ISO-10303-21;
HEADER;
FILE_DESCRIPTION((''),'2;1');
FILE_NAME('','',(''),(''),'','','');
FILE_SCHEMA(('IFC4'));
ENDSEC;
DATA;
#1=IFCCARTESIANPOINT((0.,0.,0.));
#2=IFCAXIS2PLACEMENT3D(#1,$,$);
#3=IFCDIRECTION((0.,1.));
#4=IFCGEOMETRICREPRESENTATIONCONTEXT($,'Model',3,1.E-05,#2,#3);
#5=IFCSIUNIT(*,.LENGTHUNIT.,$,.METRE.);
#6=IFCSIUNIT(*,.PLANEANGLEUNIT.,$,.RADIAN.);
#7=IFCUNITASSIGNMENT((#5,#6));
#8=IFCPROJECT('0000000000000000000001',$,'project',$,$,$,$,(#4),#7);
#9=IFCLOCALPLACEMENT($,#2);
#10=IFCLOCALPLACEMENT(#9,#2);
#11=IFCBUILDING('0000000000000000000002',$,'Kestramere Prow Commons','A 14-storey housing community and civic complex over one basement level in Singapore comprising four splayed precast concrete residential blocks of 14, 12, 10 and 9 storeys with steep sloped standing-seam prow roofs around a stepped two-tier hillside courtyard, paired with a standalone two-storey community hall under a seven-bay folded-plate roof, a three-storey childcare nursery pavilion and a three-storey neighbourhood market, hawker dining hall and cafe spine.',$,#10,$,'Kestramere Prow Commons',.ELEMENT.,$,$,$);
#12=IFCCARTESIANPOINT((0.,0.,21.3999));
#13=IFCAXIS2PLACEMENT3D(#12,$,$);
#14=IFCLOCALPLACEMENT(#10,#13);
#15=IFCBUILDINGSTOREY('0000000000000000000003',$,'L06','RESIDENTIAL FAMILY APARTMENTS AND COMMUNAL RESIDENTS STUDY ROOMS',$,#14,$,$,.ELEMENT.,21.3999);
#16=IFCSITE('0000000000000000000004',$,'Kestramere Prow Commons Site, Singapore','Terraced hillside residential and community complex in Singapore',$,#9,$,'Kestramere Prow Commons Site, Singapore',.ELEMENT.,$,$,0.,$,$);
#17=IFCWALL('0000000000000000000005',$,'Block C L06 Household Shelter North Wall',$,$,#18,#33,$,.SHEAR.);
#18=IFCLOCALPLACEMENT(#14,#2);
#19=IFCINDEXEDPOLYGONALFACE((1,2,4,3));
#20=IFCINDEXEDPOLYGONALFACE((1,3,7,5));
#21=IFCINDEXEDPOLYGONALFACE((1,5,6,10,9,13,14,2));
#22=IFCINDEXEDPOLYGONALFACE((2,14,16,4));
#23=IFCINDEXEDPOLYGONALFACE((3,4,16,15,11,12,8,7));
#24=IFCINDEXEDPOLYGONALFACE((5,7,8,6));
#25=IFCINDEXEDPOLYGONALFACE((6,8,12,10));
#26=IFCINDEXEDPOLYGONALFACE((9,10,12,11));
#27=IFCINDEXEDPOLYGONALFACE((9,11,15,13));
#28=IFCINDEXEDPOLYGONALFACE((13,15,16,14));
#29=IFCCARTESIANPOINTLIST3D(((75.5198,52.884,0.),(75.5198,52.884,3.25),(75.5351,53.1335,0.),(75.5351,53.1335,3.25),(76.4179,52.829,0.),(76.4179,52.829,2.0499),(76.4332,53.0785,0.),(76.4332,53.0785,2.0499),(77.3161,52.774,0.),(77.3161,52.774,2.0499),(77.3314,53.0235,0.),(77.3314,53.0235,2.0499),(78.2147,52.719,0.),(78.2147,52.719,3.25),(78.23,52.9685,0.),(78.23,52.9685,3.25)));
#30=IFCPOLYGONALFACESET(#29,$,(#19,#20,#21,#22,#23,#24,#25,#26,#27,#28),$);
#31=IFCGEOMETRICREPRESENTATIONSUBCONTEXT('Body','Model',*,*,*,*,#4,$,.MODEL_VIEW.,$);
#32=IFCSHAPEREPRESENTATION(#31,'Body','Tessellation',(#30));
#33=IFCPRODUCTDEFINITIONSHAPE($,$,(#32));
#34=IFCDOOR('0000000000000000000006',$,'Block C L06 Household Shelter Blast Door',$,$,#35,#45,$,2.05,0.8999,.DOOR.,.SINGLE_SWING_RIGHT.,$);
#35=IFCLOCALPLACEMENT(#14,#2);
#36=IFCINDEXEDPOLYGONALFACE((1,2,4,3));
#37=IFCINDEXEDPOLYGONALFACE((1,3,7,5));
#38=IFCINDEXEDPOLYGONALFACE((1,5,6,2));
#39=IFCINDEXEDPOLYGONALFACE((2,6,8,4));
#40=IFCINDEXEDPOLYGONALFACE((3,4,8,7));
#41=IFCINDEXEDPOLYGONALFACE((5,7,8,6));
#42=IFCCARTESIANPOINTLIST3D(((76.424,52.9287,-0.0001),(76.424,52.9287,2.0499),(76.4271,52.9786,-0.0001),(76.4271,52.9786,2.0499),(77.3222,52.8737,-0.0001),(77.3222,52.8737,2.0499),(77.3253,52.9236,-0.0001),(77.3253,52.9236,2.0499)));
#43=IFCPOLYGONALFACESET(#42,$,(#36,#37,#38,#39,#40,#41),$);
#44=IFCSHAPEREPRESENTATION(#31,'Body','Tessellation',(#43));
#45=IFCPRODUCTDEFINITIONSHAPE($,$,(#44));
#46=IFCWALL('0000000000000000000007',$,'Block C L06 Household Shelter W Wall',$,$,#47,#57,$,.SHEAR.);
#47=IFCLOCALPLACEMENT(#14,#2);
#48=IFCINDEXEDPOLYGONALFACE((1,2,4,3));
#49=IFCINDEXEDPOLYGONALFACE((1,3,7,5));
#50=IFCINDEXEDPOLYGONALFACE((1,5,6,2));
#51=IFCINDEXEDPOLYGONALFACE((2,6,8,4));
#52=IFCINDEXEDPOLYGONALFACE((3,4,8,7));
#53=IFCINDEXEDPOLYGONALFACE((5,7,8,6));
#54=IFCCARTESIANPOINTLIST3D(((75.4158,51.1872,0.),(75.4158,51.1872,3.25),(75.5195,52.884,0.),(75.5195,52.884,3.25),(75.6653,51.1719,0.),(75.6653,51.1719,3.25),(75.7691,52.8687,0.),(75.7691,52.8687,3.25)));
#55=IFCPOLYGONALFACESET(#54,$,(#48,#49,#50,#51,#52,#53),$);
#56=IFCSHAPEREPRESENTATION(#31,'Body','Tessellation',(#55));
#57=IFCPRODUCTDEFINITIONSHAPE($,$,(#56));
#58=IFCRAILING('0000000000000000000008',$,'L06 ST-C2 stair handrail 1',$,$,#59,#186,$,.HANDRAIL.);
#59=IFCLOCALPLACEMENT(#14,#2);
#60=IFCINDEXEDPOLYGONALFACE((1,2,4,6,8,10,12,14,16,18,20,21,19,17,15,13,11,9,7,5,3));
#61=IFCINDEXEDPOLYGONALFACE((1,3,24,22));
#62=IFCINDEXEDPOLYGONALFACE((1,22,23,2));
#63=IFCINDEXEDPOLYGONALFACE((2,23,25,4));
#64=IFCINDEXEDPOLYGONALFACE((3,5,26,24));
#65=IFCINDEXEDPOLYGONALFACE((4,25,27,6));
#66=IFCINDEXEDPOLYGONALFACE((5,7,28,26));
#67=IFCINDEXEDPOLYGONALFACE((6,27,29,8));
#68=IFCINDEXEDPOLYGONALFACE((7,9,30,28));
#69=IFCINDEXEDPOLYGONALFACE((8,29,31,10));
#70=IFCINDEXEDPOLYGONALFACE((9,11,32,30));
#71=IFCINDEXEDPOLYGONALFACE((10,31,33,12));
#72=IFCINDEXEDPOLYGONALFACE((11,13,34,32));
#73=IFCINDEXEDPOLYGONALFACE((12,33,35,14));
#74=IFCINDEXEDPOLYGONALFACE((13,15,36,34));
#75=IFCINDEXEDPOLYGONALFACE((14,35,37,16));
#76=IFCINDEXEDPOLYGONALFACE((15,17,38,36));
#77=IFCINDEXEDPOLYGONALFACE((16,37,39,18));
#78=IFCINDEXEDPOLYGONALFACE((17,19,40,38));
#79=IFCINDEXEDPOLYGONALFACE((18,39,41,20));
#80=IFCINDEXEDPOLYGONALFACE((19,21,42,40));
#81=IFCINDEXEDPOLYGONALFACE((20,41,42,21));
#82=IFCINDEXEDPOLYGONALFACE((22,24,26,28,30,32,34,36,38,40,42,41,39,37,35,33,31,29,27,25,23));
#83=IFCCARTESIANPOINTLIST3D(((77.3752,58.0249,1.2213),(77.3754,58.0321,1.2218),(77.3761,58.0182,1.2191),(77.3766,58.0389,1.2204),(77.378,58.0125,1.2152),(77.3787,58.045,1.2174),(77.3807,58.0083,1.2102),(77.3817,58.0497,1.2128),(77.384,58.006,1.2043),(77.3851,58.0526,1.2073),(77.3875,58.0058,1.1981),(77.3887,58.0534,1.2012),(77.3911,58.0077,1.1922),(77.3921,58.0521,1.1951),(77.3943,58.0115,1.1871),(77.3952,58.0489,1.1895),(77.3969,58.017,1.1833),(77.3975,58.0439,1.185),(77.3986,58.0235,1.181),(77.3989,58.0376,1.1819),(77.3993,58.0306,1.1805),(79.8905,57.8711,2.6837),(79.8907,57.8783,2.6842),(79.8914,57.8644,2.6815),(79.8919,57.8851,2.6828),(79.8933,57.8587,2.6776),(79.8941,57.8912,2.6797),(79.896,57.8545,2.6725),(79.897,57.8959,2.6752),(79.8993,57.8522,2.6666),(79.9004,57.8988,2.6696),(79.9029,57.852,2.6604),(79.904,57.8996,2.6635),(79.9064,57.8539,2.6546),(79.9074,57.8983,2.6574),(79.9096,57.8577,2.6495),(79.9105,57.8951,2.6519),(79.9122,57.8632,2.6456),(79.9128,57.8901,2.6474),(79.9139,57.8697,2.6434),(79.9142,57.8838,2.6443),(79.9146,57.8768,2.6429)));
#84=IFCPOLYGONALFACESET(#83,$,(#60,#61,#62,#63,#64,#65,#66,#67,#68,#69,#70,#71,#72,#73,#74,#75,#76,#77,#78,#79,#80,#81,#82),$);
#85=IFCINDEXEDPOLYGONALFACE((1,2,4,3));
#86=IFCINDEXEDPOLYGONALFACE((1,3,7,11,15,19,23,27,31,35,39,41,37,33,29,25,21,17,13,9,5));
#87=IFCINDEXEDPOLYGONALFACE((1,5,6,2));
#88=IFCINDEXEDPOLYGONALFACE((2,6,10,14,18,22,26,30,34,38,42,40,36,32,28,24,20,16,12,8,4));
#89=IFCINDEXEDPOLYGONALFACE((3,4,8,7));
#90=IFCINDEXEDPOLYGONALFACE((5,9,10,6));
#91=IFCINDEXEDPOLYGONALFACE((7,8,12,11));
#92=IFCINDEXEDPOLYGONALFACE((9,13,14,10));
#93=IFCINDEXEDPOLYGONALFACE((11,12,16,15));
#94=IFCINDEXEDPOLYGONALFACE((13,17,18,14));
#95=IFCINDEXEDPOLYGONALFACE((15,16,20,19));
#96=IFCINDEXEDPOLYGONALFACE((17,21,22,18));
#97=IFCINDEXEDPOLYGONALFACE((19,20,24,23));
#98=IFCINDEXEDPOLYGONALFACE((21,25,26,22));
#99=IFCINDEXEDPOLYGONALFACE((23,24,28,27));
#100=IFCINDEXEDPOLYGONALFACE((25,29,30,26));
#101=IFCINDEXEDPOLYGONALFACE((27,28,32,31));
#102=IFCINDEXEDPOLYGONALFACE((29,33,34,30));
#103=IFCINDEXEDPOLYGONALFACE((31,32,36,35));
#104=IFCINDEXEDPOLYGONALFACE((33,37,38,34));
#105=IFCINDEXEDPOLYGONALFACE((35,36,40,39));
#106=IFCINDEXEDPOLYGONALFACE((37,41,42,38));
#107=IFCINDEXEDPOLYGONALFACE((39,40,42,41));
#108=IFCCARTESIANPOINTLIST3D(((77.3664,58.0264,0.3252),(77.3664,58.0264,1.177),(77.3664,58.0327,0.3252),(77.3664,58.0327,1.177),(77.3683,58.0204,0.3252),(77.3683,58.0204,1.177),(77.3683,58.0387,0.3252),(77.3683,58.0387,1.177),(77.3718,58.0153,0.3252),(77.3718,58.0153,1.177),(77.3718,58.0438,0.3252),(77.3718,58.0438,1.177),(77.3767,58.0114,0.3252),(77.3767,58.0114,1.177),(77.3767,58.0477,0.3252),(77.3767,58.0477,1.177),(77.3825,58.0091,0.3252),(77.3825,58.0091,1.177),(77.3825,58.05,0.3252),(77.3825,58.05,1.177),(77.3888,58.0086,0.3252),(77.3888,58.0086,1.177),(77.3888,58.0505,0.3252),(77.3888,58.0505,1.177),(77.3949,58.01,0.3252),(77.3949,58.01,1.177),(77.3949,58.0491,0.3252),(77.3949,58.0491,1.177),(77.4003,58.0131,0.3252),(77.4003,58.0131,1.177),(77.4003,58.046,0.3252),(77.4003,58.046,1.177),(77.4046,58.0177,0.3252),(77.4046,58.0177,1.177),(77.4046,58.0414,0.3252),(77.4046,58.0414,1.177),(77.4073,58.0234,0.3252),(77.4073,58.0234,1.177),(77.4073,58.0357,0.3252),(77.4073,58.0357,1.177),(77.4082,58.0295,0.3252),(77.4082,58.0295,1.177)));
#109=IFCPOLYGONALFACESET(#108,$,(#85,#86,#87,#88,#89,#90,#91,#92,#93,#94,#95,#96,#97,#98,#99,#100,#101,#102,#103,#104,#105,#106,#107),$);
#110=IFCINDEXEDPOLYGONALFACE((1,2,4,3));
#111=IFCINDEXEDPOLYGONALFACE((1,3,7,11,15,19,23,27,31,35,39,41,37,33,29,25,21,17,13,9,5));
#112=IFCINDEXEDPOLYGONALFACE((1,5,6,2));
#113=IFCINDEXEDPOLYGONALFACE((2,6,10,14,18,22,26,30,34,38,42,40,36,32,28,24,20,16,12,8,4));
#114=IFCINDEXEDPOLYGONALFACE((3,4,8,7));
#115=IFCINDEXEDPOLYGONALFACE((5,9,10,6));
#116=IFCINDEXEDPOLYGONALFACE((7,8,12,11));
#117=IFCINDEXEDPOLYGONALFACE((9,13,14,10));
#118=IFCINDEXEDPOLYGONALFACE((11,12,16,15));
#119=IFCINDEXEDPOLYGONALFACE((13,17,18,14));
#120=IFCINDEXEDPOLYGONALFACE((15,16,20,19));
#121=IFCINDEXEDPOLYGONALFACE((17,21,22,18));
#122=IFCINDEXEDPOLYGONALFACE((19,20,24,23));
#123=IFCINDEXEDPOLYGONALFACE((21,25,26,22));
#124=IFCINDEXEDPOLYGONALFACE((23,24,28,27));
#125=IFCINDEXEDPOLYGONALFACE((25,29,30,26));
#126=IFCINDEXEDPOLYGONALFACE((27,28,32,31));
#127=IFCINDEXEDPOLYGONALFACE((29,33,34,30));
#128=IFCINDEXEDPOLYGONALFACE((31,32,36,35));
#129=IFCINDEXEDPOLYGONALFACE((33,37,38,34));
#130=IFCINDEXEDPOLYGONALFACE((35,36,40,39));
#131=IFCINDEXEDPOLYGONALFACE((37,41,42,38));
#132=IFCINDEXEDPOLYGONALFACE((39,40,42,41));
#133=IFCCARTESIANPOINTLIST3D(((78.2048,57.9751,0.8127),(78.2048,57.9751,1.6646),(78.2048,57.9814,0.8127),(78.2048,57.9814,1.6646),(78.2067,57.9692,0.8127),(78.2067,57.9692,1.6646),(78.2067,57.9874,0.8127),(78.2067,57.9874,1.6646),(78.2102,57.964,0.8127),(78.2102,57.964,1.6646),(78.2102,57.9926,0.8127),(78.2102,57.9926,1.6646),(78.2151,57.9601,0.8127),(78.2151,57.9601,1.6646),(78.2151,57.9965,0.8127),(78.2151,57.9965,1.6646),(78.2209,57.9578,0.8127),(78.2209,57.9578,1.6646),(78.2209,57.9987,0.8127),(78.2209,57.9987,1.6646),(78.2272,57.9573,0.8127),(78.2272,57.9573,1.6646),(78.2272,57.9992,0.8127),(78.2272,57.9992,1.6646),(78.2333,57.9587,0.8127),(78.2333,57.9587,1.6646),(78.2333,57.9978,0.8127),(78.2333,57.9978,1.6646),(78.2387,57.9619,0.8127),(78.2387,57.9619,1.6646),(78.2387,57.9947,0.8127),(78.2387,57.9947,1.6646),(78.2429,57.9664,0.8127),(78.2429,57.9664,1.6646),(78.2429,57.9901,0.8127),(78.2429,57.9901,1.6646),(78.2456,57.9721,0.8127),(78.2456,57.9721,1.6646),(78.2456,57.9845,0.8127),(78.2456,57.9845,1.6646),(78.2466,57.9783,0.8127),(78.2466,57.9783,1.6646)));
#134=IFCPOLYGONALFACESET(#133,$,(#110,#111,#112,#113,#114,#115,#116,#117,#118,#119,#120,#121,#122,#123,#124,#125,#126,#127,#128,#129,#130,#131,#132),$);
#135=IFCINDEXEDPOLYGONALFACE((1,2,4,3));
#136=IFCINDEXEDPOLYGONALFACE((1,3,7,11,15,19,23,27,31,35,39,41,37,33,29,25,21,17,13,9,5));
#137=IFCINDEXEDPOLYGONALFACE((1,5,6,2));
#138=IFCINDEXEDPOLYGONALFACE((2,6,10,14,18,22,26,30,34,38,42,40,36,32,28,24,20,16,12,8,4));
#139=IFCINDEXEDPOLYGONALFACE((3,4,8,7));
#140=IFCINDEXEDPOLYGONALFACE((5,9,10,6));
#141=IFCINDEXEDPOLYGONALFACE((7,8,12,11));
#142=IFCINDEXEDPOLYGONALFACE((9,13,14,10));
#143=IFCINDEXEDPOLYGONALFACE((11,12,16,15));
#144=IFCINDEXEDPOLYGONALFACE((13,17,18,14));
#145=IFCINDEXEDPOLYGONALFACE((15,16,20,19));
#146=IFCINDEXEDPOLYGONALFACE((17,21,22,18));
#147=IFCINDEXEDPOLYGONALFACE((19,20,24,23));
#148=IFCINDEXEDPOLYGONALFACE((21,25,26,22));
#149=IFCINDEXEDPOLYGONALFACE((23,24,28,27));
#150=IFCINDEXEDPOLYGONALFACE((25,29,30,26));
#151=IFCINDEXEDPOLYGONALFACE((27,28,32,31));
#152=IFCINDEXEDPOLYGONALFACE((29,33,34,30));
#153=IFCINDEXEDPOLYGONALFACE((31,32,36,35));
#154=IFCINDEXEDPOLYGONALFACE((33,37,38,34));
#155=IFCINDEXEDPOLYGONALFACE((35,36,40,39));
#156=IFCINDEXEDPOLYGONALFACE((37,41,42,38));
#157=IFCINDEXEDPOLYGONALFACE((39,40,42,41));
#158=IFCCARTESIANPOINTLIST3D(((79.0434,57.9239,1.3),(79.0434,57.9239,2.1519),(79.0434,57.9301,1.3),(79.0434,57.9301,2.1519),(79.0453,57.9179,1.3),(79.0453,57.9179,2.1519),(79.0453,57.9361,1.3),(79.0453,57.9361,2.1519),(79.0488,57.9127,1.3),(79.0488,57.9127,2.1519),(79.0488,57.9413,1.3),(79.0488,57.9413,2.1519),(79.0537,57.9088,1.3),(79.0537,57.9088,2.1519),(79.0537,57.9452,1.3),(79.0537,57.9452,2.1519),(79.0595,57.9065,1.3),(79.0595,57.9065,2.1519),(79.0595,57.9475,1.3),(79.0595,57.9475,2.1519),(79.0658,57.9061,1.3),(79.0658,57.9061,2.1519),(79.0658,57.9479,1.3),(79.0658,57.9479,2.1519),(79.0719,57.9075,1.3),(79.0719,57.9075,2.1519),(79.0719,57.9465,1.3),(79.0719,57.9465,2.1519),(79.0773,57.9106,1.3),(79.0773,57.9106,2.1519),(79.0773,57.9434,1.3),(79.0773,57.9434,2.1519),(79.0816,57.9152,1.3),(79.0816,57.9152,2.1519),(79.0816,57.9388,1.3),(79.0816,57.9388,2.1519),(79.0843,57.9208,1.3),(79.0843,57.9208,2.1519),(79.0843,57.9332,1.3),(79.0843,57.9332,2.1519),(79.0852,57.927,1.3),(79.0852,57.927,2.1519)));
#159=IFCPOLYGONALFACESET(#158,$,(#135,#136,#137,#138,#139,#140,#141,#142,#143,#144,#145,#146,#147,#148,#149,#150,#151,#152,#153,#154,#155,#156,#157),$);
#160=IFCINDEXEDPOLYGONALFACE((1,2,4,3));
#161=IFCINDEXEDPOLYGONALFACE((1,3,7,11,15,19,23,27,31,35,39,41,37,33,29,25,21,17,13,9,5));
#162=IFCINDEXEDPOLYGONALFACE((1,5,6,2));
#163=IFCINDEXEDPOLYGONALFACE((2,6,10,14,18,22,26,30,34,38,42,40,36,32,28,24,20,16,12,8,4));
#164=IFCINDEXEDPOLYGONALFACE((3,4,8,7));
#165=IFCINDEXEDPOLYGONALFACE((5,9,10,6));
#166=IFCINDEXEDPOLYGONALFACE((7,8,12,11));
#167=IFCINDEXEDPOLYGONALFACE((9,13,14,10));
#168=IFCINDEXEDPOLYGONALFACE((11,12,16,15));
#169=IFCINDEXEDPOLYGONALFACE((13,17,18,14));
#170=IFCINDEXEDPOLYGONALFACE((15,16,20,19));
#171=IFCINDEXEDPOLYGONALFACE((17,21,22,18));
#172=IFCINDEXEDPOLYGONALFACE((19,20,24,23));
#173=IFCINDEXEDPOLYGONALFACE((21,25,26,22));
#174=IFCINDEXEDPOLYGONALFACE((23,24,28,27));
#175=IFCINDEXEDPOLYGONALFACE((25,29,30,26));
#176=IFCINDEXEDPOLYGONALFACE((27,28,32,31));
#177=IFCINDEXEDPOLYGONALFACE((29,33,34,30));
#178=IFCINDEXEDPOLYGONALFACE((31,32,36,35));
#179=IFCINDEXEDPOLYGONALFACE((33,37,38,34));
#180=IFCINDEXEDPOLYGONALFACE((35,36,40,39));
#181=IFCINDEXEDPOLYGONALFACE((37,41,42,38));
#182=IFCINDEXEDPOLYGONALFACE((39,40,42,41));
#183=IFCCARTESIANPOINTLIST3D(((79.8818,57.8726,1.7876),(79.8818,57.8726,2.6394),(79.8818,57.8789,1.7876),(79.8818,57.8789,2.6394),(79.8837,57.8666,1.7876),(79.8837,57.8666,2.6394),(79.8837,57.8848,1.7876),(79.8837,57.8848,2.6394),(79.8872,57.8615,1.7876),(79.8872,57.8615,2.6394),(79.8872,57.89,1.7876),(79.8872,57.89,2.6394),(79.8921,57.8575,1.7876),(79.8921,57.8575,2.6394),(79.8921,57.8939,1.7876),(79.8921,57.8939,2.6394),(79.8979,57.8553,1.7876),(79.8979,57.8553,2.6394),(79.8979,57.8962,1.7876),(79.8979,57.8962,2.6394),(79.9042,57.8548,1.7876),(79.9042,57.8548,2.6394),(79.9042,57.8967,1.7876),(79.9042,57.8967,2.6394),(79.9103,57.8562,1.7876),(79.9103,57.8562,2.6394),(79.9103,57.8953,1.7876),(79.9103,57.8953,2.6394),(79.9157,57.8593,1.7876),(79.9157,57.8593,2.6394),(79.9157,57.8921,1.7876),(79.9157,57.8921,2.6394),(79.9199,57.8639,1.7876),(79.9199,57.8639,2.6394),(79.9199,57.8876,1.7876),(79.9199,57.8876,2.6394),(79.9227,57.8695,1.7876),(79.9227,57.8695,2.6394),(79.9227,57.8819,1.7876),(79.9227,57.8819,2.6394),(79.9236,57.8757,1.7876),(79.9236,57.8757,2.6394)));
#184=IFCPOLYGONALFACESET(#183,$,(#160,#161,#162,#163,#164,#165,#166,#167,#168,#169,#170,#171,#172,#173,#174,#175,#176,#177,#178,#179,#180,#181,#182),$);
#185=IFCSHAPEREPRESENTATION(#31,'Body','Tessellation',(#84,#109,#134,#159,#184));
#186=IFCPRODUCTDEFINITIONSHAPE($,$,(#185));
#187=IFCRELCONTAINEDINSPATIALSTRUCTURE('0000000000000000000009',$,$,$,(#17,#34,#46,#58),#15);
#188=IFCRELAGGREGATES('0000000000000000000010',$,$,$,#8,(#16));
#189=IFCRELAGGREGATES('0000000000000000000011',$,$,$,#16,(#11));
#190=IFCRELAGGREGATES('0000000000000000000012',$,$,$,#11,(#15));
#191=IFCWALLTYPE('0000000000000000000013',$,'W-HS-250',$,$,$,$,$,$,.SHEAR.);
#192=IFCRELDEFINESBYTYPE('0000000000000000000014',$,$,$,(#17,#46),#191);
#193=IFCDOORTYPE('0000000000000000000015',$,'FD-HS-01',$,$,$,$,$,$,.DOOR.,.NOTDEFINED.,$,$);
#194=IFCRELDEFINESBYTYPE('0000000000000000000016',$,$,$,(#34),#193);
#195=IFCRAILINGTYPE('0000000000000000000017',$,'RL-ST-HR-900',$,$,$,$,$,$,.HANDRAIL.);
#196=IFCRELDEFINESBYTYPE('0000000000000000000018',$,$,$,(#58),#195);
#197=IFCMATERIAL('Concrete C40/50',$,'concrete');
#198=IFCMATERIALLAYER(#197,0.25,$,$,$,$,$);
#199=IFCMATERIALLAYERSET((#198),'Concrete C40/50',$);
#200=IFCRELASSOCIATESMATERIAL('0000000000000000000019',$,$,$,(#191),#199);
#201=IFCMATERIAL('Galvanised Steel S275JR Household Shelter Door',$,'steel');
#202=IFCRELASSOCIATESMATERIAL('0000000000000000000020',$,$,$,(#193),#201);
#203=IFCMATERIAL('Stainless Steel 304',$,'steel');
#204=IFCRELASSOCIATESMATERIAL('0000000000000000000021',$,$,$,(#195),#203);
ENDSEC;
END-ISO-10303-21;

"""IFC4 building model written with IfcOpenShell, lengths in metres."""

from ifc_helpers import new_model, si_unit, direction, frame, frame_2d, origin, origin_2d, place, context, subcontext, project, spatial, rectangle, circle, extrude, material, layer, layer_set, type_object, element, fill, save


model = new_model("IFC4")

# Units and contexts
model_context = context("Model", 3, precision=1e-05, world=origin(), true_north=direction((0.0, 1.0)))
body_context = subcontext(model_context, "Body", "Model", "MODEL_VIEW")
ifc_project = project(units=[si_unit("LENGTHUNIT", "METRE"), si_unit("PLANEANGLEUNIT", "RADIAN")], contexts=[model_context])

# Site, building, storey
site_placement = place(None, origin())
site = spatial("IfcSite", under=ifc_project, at=site_placement, Name="Kestramere Prow Commons Site, Singapore", Description="Terraced hillside residential and community complex in Singapore", LongName="Kestramere Prow Commons Site, Singapore", CompositionType="ELEMENT", RefElevation=0.0)
building_placement = place(site_placement, origin())
building = spatial("IfcBuilding", under=site, at=building_placement, Name="Kestramere Prow Commons", Description="A 14-storey housing community and civic complex over one basement level in Singapore comprising four splayed precast concrete residential blocks of 14, 12, 10 and 9 storeys with steep sloped standing-seam prow roofs around a stepped two-tier hillside courtyard, paired with a standalone two-storey community hall under a seven-bay folded-plate roof, a three-storey childcare nursery pavilion and a three-storey neighbourhood market, hawker dining hall and cafe spine.", LongName="Kestramere Prow Commons", CompositionType="ELEMENT")
storey_placement = place(building_placement, frame((0.0, 0.0, 21.3999)))
storey = spatial("IfcBuildingStorey", under=building, at=storey_placement, Name="L06", Description="RESIDENTIAL FAMILY APARTMENTS AND COMMUNAL RESIDENTS STUDY ROOMS", CompositionType="ELEMENT", Elevation=21.3999)

# Shared definitions
ifc_material_1 = material(Name="Concrete C40/50", Category="concrete")

# Shared definitions
ifc_layer_1 = layer(ifc_material_1, 0.25)
ifc_layer_set_1 = layer_set([ifc_layer_1], Name="Concrete C40/50")
wall_type_1 = type_object("IfcWallType", Name="W-HS-250", PredefinedType="SHEAR", material=ifc_layer_set_1)

# Wall, opening, door
wall_1_placement = place(storey_placement, frame((75.5273, 53.0088, 0.0), z_axis=(0.0, 0.0, 1.0), x_axis=(0.99813, -0.061128, 0.0)))
wall_1 = element("IfcWall", 1, at=wall_1_placement, inside=storey, type_object=wall_type_1, Name="Block C L06 Household Shelter North Wall", PredefinedType="SHEAR", context=body_context, shape_type="SweptSolid", body=[
    extrude(rectangle(XDim=2.7, YDim=0.25, at=frame_2d((1.3501, 0.0))), origin(), (0.0, 0.0, 1.0), 3.25),
])
opening_1_placement = place(wall_1_placement, frame((0.8999, 0.0, 0.0)))
opening_1 = element("IfcOpeningElement", 2, at=opening_1_placement, cuts=wall_1, PredefinedType="OPENING", context=body_context, shape_type="SweptSolid", body=[
    extrude(rectangle(XDim=0.8999, YDim=2.05, at=frame_2d((0.45, 1.0249))), frame((0.0, 0.1399, 0.0), z_axis=(0.0, -1.0, 0.0), x_axis=(1.0, 0.0, 0.0)), (0.0, 0.0, 1.0), 0.28),
])
ifc_material_2 = material(Name="Galvanised Steel S275JR Household Shelter Door", Category="steel")
door_type_1 = type_object("IfcDoorType", Name="FD-HS-01", OperationType="NOTDEFINED", PredefinedType="DOOR", material=ifc_material_2)
door_1_placement = place(opening_1_placement, origin())
door_1 = element("IfcDoor", 3, at=door_1_placement, inside=storey, type_object=door_type_1, Name="Block C L06 Household Shelter Blast Door", OperationType="SINGLE_SWING_RIGHT", OverallHeight=2.05, OverallWidth=0.8999, PredefinedType="DOOR", context=body_context, shape_type="SweptSolid", body=[
    extrude(rectangle(XDim=0.8999, YDim=2.05, at=frame_2d((0.45, 1.0249))), frame((0.0, 0.0249, 0.0), z_axis=(0.0, -1.0, 0.0), x_axis=(1.0, 0.0, 0.0)), (0.0, 0.0, 1.0), 0.05),
])
fill(opening_1, door_1)

# Wall
wall_2_placement = place(storey_placement, frame((75.5405, 51.1794, 0.0), z_axis=(0.0, 0.0, 1.0), x_axis=(0.061037, 0.998136, 0.0)))
element("IfcWall", 4, at=wall_2_placement, inside=storey, type_object=wall_type_1, Name="Block C L06 Household Shelter W Wall", PredefinedType="SHEAR", context=body_context, shape_type="SweptSolid", body=[
    extrude(rectangle(XDim=1.7, YDim=0.25, at=frame_2d((0.8501, 0.0))), origin(), (0.0, 0.0, 1.0), 3.25),
])

# Railing
ifc_material_3 = material(Name="Stainless Steel 304", Category="steel")
railing_type = type_object("IfcRailingType", Name="RL-ST-HR-900", PredefinedType="HANDRAIL", material=ifc_material_3)
railing_placement = place(storey_placement, frame((77.3872, 58.0295, 0.3252)))
element("IfcRailing", 5, at=railing_placement, inside=storey, type_object=railing_type, Name="L06 ST-C2 stair handrail 1", PredefinedType="HANDRAIL", context=body_context, shape_type="SweptSolid", body=[
    extrude(circle(Radius=0.0239, at=origin_2d()), frame((0.0, 0.0, 0.876), z_axis=(0.863306, -0.052789, 0.501912), x_axis=(0.061033, 0.998136, 0.0)), (0.0, 0.0, 1.0), 2.9136),
    extrude(circle(Radius=0.021, at=origin_2d()), origin(), (0.0, 0.0, 1.0), 0.8518),
    extrude(circle(Radius=0.021, at=origin_2d()), frame((0.8384, -0.0513, 0.4875)), (0.0, 0.0, 1.0), 0.8518),
    extrude(circle(Radius=0.021, at=origin_2d()), frame((1.677, -0.1025, 0.9749)), (0.0, 0.0, 1.0), 0.8518),
    extrude(circle(Radius=0.021, at=origin_2d()), frame((2.5154, -0.1538, 1.4624)), (0.0, 0.0, 1.0), 0.8518),
])

save(model, "model.ifc")
